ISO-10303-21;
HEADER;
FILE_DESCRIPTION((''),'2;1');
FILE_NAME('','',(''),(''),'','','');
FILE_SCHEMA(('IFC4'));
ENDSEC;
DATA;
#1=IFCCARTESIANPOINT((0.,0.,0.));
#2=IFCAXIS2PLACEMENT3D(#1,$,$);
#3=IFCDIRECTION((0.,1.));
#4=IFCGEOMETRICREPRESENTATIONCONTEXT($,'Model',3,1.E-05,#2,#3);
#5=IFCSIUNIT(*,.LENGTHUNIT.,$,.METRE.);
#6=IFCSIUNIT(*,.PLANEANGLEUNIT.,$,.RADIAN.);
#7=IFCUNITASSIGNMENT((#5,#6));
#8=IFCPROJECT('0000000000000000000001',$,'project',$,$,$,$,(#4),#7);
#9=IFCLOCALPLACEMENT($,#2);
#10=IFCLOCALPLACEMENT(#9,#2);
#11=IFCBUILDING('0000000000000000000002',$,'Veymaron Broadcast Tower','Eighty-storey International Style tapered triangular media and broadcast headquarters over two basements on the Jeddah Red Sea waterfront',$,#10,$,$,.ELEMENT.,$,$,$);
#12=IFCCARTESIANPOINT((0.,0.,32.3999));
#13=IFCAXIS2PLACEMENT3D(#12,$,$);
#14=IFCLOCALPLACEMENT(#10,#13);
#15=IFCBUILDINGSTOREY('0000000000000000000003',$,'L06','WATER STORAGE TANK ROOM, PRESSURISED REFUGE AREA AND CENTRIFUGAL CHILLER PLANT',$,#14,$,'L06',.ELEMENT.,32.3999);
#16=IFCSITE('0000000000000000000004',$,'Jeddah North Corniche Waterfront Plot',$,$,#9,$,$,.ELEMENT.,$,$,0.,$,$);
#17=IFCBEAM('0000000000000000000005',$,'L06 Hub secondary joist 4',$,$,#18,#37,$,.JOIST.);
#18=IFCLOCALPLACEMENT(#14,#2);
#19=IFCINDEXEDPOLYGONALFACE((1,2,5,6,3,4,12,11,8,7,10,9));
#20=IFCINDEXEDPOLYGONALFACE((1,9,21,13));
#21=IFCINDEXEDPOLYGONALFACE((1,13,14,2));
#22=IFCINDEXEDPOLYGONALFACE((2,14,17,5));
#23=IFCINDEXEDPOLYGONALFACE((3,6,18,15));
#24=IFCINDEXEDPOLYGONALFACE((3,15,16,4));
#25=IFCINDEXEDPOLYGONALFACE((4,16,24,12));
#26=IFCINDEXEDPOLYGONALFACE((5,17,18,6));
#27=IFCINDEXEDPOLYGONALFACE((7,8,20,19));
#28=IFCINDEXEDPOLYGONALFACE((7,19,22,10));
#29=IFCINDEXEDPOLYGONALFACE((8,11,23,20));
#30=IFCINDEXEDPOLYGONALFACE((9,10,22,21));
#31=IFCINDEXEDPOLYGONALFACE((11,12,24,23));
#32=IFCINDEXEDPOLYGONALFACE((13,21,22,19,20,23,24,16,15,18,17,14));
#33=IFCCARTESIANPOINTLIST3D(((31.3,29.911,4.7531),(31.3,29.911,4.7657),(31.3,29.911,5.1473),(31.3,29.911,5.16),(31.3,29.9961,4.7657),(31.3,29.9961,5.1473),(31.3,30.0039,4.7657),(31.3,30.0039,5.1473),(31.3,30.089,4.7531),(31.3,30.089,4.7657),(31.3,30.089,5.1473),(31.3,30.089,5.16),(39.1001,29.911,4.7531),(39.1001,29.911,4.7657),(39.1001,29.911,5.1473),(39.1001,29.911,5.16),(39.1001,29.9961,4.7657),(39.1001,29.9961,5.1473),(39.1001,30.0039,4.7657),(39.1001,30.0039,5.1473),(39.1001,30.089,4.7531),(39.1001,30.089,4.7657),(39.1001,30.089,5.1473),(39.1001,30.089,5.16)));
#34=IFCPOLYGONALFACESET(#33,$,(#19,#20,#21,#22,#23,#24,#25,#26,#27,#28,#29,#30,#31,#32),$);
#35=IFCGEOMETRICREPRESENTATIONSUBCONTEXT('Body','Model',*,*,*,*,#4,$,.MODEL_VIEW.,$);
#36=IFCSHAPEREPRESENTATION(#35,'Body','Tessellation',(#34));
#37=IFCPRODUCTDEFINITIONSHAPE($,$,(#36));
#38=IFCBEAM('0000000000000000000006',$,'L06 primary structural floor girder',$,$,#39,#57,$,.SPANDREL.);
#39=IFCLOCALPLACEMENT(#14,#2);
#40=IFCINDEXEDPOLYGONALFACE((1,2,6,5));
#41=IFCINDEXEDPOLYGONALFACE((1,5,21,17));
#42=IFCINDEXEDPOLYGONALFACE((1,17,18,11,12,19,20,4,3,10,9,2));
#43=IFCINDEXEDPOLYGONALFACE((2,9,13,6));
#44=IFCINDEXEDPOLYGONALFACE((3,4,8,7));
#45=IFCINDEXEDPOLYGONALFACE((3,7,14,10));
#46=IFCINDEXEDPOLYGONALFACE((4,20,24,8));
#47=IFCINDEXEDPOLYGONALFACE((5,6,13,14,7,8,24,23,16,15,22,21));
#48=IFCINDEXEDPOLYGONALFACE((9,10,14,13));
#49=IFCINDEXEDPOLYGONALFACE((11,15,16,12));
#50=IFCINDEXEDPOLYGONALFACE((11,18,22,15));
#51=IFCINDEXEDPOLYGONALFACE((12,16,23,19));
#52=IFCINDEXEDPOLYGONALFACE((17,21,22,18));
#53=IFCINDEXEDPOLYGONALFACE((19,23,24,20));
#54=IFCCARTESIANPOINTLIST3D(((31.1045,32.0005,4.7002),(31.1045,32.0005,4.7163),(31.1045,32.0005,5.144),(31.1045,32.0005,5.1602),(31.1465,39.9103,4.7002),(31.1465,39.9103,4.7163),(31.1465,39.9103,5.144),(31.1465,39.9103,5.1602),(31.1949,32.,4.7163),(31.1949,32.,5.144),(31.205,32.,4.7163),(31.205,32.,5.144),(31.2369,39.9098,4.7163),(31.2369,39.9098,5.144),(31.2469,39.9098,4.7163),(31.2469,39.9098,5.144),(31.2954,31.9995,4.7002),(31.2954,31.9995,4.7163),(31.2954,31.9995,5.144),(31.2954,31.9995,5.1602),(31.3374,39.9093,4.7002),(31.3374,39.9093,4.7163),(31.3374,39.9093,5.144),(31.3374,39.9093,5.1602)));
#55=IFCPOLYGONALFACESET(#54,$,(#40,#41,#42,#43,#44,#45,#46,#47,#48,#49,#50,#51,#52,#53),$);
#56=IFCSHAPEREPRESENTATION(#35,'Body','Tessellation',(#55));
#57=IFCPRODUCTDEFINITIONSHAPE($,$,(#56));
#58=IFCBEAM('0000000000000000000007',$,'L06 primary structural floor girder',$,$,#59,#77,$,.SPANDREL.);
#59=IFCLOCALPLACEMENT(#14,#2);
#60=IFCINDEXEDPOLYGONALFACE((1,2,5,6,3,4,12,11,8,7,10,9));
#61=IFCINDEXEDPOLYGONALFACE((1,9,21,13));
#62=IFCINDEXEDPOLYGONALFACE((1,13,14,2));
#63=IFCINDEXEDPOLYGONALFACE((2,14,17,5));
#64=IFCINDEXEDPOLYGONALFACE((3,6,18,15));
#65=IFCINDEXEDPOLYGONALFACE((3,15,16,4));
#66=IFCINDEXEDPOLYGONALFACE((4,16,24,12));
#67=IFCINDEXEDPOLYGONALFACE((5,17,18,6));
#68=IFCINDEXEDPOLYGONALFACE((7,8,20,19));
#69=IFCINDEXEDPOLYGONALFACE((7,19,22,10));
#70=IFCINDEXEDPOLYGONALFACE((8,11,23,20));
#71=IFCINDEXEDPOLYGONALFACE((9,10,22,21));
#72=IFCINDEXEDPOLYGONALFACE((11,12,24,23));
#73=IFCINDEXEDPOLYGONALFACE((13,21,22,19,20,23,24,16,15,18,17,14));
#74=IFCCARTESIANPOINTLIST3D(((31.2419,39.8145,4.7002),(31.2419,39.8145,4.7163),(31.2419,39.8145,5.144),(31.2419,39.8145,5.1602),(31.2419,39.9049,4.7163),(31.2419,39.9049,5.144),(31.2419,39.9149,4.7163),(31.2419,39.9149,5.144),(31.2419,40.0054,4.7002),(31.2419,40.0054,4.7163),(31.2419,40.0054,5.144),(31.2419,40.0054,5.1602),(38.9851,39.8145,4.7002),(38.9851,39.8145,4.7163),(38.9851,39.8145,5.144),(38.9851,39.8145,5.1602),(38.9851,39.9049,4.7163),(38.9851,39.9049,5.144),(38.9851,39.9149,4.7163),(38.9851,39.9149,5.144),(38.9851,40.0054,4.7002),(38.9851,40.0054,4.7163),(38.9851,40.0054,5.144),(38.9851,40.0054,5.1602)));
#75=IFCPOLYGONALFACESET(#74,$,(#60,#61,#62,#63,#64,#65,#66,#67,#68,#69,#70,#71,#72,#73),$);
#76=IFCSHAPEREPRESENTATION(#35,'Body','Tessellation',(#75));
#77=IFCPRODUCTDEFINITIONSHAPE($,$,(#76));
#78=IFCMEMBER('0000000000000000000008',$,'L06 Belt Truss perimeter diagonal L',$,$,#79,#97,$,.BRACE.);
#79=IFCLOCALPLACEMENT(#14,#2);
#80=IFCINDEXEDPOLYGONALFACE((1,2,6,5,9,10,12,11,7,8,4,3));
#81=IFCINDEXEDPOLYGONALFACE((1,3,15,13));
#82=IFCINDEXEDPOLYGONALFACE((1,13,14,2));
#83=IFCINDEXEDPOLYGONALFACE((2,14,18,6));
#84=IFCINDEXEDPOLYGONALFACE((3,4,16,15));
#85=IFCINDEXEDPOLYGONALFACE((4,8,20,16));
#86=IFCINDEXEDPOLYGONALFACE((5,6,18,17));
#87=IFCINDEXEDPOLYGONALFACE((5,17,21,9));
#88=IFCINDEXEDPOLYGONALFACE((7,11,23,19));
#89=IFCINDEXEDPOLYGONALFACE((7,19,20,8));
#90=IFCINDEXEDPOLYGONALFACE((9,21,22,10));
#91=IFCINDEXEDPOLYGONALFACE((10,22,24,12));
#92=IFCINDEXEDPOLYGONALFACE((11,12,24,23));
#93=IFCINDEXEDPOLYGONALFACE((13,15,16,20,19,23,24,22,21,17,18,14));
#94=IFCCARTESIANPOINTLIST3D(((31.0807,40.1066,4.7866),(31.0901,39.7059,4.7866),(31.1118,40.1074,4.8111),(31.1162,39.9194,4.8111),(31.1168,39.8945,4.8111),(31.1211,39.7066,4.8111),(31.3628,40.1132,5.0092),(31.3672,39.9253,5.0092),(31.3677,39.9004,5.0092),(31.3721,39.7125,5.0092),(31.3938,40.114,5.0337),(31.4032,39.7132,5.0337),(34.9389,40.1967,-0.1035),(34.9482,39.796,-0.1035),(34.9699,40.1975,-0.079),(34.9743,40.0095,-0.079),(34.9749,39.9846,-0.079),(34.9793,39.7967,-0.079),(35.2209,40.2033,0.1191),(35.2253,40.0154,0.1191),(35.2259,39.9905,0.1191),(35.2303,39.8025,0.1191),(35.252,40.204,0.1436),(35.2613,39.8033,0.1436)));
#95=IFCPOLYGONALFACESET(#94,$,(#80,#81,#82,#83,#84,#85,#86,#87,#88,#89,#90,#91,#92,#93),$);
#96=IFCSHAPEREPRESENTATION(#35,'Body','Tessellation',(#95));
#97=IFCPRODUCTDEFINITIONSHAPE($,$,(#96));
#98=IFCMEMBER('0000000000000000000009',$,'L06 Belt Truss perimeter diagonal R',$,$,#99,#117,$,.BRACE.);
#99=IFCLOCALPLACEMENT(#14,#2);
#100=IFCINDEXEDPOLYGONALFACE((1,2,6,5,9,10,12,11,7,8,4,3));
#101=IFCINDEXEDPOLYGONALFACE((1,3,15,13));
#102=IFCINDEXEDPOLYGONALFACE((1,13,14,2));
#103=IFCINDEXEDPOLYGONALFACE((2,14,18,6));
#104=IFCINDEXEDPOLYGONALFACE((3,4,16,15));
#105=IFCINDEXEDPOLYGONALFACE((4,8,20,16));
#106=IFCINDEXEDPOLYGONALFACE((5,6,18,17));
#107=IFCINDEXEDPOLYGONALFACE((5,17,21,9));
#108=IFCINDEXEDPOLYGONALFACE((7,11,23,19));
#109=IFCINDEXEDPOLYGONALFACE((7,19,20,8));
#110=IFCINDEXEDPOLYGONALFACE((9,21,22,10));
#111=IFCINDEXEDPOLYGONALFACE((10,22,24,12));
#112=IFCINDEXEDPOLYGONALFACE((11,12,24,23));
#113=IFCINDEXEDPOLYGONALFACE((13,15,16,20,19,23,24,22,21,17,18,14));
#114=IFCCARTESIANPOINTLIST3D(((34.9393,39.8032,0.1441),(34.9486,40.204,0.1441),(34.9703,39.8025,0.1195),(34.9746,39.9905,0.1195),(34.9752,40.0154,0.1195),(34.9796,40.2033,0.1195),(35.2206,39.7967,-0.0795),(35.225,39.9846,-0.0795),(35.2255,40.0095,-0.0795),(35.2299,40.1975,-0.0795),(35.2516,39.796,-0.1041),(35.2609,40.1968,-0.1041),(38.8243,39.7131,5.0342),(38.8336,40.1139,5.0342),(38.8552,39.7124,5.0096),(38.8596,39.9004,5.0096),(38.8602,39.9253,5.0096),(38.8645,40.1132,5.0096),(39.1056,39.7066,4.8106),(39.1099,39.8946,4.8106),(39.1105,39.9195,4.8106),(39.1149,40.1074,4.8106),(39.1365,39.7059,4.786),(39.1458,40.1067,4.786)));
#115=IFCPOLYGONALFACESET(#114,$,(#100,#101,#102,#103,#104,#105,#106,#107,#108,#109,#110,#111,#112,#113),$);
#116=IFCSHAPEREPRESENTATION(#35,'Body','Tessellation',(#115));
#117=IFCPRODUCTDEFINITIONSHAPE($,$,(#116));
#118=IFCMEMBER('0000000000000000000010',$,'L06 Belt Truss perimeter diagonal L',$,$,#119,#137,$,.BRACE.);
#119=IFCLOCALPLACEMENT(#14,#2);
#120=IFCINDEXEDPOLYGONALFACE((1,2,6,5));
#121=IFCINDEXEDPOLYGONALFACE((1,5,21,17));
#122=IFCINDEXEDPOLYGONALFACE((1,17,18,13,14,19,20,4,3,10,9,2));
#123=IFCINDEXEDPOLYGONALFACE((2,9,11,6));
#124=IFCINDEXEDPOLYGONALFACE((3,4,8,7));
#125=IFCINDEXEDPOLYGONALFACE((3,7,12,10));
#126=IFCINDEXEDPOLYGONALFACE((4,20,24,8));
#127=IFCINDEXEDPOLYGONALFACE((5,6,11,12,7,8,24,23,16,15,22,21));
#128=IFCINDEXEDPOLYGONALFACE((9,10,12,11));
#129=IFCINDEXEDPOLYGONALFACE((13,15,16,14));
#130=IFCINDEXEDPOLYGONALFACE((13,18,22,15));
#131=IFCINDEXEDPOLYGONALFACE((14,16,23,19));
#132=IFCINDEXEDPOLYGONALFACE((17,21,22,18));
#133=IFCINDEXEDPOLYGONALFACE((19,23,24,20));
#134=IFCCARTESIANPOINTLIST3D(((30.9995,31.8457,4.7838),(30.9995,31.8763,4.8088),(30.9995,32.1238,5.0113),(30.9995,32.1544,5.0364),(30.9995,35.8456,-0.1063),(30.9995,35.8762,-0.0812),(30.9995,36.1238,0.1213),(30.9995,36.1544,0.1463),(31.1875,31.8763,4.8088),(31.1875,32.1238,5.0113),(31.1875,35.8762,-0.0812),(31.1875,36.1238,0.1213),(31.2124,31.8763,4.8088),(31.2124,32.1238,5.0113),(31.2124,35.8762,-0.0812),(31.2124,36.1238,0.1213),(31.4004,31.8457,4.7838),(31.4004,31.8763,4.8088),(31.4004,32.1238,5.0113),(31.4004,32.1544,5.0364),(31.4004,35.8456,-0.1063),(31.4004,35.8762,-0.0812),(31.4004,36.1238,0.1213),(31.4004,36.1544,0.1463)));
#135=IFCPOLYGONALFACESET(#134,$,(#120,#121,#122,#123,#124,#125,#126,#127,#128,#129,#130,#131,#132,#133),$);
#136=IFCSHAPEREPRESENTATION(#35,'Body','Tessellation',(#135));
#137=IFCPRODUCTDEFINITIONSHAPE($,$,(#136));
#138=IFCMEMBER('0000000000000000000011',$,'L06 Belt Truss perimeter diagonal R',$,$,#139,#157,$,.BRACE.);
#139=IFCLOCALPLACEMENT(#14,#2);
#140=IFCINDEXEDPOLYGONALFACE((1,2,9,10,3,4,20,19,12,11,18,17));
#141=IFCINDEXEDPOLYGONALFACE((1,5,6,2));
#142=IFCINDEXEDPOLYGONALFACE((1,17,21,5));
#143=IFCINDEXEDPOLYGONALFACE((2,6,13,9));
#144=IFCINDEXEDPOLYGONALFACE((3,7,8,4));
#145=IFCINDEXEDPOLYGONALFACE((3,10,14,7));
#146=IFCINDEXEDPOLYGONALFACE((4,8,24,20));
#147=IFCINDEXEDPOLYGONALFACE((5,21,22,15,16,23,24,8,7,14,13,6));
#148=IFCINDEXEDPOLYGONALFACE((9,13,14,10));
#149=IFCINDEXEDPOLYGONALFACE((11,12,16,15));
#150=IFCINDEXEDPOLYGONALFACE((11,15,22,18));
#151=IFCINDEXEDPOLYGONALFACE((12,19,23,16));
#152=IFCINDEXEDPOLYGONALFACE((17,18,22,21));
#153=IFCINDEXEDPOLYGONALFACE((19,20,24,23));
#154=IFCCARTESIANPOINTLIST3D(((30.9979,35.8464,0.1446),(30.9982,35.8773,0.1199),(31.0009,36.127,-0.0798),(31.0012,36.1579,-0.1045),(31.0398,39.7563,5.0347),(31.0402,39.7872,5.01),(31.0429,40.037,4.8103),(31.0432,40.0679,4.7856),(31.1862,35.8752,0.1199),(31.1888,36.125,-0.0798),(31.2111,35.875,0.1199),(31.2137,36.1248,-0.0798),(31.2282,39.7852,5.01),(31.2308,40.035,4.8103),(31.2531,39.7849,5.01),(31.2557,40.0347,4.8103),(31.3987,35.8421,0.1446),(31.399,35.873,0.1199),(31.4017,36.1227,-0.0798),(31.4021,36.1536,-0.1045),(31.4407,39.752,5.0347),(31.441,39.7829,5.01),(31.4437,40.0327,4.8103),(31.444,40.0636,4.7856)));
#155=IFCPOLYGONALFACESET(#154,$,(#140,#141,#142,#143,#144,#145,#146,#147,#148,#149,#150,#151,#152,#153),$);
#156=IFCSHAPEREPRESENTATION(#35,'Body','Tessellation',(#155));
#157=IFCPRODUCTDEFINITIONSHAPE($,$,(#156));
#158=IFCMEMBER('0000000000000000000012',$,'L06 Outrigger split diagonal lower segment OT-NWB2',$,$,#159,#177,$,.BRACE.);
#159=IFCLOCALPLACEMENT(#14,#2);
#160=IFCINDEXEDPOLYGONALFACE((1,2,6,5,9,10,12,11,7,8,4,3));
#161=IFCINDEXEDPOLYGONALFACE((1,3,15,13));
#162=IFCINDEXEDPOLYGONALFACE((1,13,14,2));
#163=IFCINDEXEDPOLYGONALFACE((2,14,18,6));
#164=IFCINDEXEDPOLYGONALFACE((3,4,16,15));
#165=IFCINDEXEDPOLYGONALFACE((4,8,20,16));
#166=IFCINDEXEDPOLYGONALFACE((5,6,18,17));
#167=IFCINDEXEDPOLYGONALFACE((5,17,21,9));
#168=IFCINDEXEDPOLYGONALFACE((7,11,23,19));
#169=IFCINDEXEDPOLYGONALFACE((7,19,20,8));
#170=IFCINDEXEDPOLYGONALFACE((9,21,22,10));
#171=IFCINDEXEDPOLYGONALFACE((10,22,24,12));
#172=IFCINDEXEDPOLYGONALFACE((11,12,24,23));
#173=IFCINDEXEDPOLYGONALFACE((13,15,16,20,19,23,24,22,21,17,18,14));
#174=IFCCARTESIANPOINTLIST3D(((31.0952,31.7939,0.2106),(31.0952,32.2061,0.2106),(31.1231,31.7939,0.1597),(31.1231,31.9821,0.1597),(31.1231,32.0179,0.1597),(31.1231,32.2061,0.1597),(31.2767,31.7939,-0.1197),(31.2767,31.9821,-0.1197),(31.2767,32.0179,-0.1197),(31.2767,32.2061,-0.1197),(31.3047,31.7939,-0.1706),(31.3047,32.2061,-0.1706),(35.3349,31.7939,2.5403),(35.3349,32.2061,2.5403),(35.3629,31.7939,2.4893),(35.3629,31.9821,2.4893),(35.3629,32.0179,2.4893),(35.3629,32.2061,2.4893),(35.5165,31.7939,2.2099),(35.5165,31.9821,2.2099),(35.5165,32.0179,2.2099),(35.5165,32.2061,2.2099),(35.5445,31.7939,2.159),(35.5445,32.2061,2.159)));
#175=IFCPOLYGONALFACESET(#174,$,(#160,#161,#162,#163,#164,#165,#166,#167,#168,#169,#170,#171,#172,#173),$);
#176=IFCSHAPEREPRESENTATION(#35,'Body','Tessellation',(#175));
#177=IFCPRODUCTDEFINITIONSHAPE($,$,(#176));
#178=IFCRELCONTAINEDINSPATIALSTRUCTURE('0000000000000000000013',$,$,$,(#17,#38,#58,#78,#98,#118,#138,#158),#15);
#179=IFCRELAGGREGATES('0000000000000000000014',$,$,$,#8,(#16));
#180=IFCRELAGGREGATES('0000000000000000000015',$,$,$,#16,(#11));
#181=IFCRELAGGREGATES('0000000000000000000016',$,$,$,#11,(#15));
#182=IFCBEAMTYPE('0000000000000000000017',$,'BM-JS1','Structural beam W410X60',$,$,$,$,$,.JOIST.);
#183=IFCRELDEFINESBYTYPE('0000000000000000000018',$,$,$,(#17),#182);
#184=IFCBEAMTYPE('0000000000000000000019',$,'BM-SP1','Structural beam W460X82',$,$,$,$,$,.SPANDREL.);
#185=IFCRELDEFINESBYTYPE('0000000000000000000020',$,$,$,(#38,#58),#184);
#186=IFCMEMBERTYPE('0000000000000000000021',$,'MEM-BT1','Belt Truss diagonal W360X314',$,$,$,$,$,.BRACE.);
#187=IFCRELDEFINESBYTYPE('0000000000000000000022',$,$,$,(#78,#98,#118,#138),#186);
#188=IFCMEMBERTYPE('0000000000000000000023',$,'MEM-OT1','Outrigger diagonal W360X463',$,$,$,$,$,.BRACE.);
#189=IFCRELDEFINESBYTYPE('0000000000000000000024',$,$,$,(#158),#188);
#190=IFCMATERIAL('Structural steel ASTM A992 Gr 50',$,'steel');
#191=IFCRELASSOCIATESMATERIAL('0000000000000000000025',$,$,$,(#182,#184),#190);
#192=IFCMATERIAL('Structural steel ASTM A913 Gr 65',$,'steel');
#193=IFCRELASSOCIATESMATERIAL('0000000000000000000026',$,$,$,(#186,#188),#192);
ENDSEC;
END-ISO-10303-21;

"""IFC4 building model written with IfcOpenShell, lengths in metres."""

from ifc_helpers import new_model, si_unit, direction, frame, origin, origin_2d, place, context, subcontext, project, spatial, i_section, extrude, material, material_profile, profile_set, type_object, element, save


model = new_model("IFC4")

# Units and contexts
model_context = context("Model", 3, precision=1e-05, world=origin(), true_north=direction((0.0, 1.0)))
body_context = subcontext(model_context, "Body", "Model", "MODEL_VIEW")
ifc_project = project(units=[si_unit("LENGTHUNIT", "METRE"), si_unit("PLANEANGLEUNIT", "RADIAN")], contexts=[model_context])

# Site, building, storey
site_placement = place(None, origin())
site = spatial("IfcSite", under=ifc_project, at=site_placement, Name="Jeddah North Corniche Waterfront Plot", CompositionType="ELEMENT", RefElevation=0.0)
building_placement = place(site_placement, origin())
building = spatial("IfcBuilding", under=site, at=building_placement, Name="Veymaron Broadcast Tower", Description="Eighty-storey International Style tapered triangular media and broadcast headquarters over two basements on the Jeddah Red Sea waterfront", CompositionType="ELEMENT")
storey_placement = place(building_placement, frame((0.0, 0.0, 32.3999)))
storey = spatial("IfcBuildingStorey", under=building, at=storey_placement, Name="L06", Description="WATER STORAGE TANK ROOM, PRESSURISED REFUGE AREA AND CENTRIFUGAL CHILLER PLANT", LongName="L06", CompositionType="ELEMENT", Elevation=32.3999)

# Shared definitions
ifc_material_1 = material(Name="Structural steel ASTM A913 Gr 65", Category="steel")

# Beams
ifc_material_2 = material(Name="Structural steel ASTM A992 Gr 50", Category="steel")
ifc_material_profile_1 = material_profile(ifc_material_2, i_section(OverallWidth=0.178, OverallDepth=0.407, WebThickness=0.0078, FlangeThickness=0.0127, at=origin_2d()), Name="W410X60")
ifc_profile_set_1 = profile_set([ifc_material_profile_1], Name="Structural steel ASTM A992 Gr 50")
beam_type_1 = type_object("IfcBeamType", Name="BM-JS1", Description="Structural beam W410X60", PredefinedType="JOIST", material=ifc_profile_set_1)
for number, where, z_axis, x_axis, name in (
    (1, (31.3, 30.0, 4.9565), (1.0, 0.0, 0.0), (0.0, 1.0, 0.0), "L06 Hub secondary joist 4"),
):
    element("IfcBeam", number, at=place(storey_placement, frame(where, z_axis=z_axis, x_axis=x_axis)), inside=storey, type_object=beam_type_1, Name=name, PredefinedType="JOIST", context=body_context, shape_type="SweptSolid", body=[
        extrude(i_section(OverallWidth=0.178, OverallDepth=0.407, WebThickness=0.0078, FlangeThickness=0.0127, at=origin_2d()), origin(), (0.0, 0.0, 1.0), 7.8),
    ])
ifc_material_profile_2 = material_profile(ifc_material_2, i_section(OverallWidth=0.1909, OverallDepth=0.46, WebThickness=0.01, FlangeThickness=0.0161, at=origin_2d()), Name="W460X82")
ifc_profile_set_2 = profile_set([ifc_material_profile_2], Name="Structural steel ASTM A992 Gr 50")
beam_type_2 = type_object("IfcBeamType", Name="BM-SP1", Description="Structural beam W460X82", PredefinedType="SPANDREL", material=ifc_profile_set_2)
beam_1_placement = place(storey_placement, frame((31.2, 32.0, 4.9302), z_axis=(0.005309, 0.999986, 0.0), x_axis=(-0.999986, 0.005309, 0.0)))
element("IfcBeam", 2, at=beam_1_placement, inside=storey, type_object=beam_type_2, Name="L06 primary structural floor girder", PredefinedType="SPANDREL", context=body_context, shape_type="SweptSolid", body=[
    extrude(i_section(OverallWidth=0.1909, OverallDepth=0.46, WebThickness=0.01, FlangeThickness=0.0161, at=origin_2d()), origin(), (0.0, 0.0, 1.0), 7.9099),
])
beam_2_placement = place(storey_placement, frame((31.2419, 39.9099, 4.9302), z_axis=(1.0, 0.0, 0.0), x_axis=(0.0, 1.0, 0.0)))
element("IfcBeam", 3, at=beam_2_placement, inside=storey, type_object=beam_type_2, Name="L06 primary structural floor girder", PredefinedType="SPANDREL", context=body_context, shape_type="SweptSolid", body=[
    extrude(i_section(OverallWidth=0.1909, OverallDepth=0.46, WebThickness=0.01, FlangeThickness=0.0161, at=origin_2d()), origin(), (0.0, 0.0, 1.0), 7.7432),
])

# Members
ifc_material_profile_3 = material_profile(ifc_material_1, i_section(OverallWidth=0.4009, OverallDepth=0.3989, WebThickness=0.0249, FlangeThickness=0.0396, at=origin_2d()), Name="W360X314")
ifc_profile_set_3 = profile_set([ifc_material_profile_3], Name="Structural steel ASTM A913 Gr 65")
member_type_1 = type_object("IfcMemberType", Name="MEM-BT1", Description="Belt Truss diagonal W360X314", PredefinedType="BRACE", material=ifc_profile_set_3)
member_1_placement = place(storey_placement, frame((35.1001, 40.0, 0.02), z_axis=(-0.619334, -0.014461, 0.784994), x_axis=(0.023344, -0.999728, 0.0)))
element("IfcMember", 4, at=member_1_placement, inside=storey, type_object=member_type_1, Name="L06 Belt Truss perimeter diagonal L", PredefinedType="BRACE", context=body_context, shape_type="SweptSolid", body=[
    extrude(i_section(OverallWidth=0.4009, OverallDepth=0.3989, WebThickness=0.0249, FlangeThickness=0.0396, at=origin_2d()), origin(), (0.0, 0.0, 1.0), 6.2295),
])
member_2_placement = place(storey_placement, frame((35.1001, 40.0, 0.02), z_axis=(0.621981, -0.014423, 0.782899), x_axis=(0.023182, 0.999731, 0.0)))
element("IfcMember", 5, at=member_2_placement, inside=storey, type_object=member_type_1, Name="L06 Belt Truss perimeter diagonal R", PredefinedType="BRACE", context=body_context, shape_type="SweptSolid", body=[
    extrude(i_section(OverallWidth=0.4009, OverallDepth=0.3989, WebThickness=0.0249, FlangeThickness=0.0396, at=origin_2d()), origin(), (0.0, 0.0, 1.0), 6.2461),
])
member_3_placement = place(storey_placement, frame((31.2, 36.0, 0.02), z_axis=(0.0, -0.633141, 0.774036), x_axis=(1.0, 0.0, 0.0)))
element("IfcMember", 6, at=member_3_placement, inside=storey, type_object=member_type_1, Name="L06 Belt Truss perimeter diagonal L", PredefinedType="BRACE", context=body_context, shape_type="SweptSolid", body=[
    extrude(i_section(OverallWidth=0.4009, OverallDepth=0.3989, WebThickness=0.0249, FlangeThickness=0.0396, at=origin_2d()), origin(), (0.0, 0.0, 1.0), 6.3176),
])
member_4_placement = place(storey_placement, frame((31.2, 36.0, 0.02), z_axis=(0.006707, 0.624467, 0.781022), x_axis=(-0.999942, 0.010739, 0.0)))
element("IfcMember", 7, at=member_4_placement, inside=storey, type_object=member_type_1, Name="L06 Belt Truss perimeter diagonal R", PredefinedType="BRACE", context=body_context, shape_type="SweptSolid", body=[
    extrude(i_section(OverallWidth=0.4009, OverallDepth=0.3989, WebThickness=0.0249, FlangeThickness=0.0396, at=origin_2d()), origin(), (0.0, 0.0, 1.0), 6.2612),
])
ifc_material_profile_4 = material_profile(ifc_material_1, i_section(OverallWidth=0.4121, OverallDepth=0.4351, WebThickness=0.0359, FlangeThickness=0.0581, at=origin_2d()), Name="W360X463")
ifc_profile_set_4 = profile_set([ifc_material_profile_4], Name="Structural steel ASTM A913 Gr 65")
member_type_2 = type_object("IfcMemberType", Name="MEM-OT1", Description="Outrigger diagonal W360X463", PredefinedType="BRACE", material=ifc_profile_set_4)
member_5_placement = place(storey_placement, frame((35.4397, 32.0, 2.3496), z_axis=(-0.876414, 0.0, -0.481558), x_axis=(0.0, -1.0, 0.0)))
element("IfcMember", 8, at=member_5_placement, inside=storey, type_object=member_type_2, Name="L06 Outrigger split diagonal lower segment OT-NWB2", PredefinedType="BRACE", context=body_context, shape_type="SweptSolid", body=[
    extrude(i_section(OverallWidth=0.4121, OverallDepth=0.4351, WebThickness=0.0359, FlangeThickness=0.0581, at=origin_2d()), origin(), (0.0, 0.0, 1.0), 4.8376),
])

save(model, "model.ifc")
